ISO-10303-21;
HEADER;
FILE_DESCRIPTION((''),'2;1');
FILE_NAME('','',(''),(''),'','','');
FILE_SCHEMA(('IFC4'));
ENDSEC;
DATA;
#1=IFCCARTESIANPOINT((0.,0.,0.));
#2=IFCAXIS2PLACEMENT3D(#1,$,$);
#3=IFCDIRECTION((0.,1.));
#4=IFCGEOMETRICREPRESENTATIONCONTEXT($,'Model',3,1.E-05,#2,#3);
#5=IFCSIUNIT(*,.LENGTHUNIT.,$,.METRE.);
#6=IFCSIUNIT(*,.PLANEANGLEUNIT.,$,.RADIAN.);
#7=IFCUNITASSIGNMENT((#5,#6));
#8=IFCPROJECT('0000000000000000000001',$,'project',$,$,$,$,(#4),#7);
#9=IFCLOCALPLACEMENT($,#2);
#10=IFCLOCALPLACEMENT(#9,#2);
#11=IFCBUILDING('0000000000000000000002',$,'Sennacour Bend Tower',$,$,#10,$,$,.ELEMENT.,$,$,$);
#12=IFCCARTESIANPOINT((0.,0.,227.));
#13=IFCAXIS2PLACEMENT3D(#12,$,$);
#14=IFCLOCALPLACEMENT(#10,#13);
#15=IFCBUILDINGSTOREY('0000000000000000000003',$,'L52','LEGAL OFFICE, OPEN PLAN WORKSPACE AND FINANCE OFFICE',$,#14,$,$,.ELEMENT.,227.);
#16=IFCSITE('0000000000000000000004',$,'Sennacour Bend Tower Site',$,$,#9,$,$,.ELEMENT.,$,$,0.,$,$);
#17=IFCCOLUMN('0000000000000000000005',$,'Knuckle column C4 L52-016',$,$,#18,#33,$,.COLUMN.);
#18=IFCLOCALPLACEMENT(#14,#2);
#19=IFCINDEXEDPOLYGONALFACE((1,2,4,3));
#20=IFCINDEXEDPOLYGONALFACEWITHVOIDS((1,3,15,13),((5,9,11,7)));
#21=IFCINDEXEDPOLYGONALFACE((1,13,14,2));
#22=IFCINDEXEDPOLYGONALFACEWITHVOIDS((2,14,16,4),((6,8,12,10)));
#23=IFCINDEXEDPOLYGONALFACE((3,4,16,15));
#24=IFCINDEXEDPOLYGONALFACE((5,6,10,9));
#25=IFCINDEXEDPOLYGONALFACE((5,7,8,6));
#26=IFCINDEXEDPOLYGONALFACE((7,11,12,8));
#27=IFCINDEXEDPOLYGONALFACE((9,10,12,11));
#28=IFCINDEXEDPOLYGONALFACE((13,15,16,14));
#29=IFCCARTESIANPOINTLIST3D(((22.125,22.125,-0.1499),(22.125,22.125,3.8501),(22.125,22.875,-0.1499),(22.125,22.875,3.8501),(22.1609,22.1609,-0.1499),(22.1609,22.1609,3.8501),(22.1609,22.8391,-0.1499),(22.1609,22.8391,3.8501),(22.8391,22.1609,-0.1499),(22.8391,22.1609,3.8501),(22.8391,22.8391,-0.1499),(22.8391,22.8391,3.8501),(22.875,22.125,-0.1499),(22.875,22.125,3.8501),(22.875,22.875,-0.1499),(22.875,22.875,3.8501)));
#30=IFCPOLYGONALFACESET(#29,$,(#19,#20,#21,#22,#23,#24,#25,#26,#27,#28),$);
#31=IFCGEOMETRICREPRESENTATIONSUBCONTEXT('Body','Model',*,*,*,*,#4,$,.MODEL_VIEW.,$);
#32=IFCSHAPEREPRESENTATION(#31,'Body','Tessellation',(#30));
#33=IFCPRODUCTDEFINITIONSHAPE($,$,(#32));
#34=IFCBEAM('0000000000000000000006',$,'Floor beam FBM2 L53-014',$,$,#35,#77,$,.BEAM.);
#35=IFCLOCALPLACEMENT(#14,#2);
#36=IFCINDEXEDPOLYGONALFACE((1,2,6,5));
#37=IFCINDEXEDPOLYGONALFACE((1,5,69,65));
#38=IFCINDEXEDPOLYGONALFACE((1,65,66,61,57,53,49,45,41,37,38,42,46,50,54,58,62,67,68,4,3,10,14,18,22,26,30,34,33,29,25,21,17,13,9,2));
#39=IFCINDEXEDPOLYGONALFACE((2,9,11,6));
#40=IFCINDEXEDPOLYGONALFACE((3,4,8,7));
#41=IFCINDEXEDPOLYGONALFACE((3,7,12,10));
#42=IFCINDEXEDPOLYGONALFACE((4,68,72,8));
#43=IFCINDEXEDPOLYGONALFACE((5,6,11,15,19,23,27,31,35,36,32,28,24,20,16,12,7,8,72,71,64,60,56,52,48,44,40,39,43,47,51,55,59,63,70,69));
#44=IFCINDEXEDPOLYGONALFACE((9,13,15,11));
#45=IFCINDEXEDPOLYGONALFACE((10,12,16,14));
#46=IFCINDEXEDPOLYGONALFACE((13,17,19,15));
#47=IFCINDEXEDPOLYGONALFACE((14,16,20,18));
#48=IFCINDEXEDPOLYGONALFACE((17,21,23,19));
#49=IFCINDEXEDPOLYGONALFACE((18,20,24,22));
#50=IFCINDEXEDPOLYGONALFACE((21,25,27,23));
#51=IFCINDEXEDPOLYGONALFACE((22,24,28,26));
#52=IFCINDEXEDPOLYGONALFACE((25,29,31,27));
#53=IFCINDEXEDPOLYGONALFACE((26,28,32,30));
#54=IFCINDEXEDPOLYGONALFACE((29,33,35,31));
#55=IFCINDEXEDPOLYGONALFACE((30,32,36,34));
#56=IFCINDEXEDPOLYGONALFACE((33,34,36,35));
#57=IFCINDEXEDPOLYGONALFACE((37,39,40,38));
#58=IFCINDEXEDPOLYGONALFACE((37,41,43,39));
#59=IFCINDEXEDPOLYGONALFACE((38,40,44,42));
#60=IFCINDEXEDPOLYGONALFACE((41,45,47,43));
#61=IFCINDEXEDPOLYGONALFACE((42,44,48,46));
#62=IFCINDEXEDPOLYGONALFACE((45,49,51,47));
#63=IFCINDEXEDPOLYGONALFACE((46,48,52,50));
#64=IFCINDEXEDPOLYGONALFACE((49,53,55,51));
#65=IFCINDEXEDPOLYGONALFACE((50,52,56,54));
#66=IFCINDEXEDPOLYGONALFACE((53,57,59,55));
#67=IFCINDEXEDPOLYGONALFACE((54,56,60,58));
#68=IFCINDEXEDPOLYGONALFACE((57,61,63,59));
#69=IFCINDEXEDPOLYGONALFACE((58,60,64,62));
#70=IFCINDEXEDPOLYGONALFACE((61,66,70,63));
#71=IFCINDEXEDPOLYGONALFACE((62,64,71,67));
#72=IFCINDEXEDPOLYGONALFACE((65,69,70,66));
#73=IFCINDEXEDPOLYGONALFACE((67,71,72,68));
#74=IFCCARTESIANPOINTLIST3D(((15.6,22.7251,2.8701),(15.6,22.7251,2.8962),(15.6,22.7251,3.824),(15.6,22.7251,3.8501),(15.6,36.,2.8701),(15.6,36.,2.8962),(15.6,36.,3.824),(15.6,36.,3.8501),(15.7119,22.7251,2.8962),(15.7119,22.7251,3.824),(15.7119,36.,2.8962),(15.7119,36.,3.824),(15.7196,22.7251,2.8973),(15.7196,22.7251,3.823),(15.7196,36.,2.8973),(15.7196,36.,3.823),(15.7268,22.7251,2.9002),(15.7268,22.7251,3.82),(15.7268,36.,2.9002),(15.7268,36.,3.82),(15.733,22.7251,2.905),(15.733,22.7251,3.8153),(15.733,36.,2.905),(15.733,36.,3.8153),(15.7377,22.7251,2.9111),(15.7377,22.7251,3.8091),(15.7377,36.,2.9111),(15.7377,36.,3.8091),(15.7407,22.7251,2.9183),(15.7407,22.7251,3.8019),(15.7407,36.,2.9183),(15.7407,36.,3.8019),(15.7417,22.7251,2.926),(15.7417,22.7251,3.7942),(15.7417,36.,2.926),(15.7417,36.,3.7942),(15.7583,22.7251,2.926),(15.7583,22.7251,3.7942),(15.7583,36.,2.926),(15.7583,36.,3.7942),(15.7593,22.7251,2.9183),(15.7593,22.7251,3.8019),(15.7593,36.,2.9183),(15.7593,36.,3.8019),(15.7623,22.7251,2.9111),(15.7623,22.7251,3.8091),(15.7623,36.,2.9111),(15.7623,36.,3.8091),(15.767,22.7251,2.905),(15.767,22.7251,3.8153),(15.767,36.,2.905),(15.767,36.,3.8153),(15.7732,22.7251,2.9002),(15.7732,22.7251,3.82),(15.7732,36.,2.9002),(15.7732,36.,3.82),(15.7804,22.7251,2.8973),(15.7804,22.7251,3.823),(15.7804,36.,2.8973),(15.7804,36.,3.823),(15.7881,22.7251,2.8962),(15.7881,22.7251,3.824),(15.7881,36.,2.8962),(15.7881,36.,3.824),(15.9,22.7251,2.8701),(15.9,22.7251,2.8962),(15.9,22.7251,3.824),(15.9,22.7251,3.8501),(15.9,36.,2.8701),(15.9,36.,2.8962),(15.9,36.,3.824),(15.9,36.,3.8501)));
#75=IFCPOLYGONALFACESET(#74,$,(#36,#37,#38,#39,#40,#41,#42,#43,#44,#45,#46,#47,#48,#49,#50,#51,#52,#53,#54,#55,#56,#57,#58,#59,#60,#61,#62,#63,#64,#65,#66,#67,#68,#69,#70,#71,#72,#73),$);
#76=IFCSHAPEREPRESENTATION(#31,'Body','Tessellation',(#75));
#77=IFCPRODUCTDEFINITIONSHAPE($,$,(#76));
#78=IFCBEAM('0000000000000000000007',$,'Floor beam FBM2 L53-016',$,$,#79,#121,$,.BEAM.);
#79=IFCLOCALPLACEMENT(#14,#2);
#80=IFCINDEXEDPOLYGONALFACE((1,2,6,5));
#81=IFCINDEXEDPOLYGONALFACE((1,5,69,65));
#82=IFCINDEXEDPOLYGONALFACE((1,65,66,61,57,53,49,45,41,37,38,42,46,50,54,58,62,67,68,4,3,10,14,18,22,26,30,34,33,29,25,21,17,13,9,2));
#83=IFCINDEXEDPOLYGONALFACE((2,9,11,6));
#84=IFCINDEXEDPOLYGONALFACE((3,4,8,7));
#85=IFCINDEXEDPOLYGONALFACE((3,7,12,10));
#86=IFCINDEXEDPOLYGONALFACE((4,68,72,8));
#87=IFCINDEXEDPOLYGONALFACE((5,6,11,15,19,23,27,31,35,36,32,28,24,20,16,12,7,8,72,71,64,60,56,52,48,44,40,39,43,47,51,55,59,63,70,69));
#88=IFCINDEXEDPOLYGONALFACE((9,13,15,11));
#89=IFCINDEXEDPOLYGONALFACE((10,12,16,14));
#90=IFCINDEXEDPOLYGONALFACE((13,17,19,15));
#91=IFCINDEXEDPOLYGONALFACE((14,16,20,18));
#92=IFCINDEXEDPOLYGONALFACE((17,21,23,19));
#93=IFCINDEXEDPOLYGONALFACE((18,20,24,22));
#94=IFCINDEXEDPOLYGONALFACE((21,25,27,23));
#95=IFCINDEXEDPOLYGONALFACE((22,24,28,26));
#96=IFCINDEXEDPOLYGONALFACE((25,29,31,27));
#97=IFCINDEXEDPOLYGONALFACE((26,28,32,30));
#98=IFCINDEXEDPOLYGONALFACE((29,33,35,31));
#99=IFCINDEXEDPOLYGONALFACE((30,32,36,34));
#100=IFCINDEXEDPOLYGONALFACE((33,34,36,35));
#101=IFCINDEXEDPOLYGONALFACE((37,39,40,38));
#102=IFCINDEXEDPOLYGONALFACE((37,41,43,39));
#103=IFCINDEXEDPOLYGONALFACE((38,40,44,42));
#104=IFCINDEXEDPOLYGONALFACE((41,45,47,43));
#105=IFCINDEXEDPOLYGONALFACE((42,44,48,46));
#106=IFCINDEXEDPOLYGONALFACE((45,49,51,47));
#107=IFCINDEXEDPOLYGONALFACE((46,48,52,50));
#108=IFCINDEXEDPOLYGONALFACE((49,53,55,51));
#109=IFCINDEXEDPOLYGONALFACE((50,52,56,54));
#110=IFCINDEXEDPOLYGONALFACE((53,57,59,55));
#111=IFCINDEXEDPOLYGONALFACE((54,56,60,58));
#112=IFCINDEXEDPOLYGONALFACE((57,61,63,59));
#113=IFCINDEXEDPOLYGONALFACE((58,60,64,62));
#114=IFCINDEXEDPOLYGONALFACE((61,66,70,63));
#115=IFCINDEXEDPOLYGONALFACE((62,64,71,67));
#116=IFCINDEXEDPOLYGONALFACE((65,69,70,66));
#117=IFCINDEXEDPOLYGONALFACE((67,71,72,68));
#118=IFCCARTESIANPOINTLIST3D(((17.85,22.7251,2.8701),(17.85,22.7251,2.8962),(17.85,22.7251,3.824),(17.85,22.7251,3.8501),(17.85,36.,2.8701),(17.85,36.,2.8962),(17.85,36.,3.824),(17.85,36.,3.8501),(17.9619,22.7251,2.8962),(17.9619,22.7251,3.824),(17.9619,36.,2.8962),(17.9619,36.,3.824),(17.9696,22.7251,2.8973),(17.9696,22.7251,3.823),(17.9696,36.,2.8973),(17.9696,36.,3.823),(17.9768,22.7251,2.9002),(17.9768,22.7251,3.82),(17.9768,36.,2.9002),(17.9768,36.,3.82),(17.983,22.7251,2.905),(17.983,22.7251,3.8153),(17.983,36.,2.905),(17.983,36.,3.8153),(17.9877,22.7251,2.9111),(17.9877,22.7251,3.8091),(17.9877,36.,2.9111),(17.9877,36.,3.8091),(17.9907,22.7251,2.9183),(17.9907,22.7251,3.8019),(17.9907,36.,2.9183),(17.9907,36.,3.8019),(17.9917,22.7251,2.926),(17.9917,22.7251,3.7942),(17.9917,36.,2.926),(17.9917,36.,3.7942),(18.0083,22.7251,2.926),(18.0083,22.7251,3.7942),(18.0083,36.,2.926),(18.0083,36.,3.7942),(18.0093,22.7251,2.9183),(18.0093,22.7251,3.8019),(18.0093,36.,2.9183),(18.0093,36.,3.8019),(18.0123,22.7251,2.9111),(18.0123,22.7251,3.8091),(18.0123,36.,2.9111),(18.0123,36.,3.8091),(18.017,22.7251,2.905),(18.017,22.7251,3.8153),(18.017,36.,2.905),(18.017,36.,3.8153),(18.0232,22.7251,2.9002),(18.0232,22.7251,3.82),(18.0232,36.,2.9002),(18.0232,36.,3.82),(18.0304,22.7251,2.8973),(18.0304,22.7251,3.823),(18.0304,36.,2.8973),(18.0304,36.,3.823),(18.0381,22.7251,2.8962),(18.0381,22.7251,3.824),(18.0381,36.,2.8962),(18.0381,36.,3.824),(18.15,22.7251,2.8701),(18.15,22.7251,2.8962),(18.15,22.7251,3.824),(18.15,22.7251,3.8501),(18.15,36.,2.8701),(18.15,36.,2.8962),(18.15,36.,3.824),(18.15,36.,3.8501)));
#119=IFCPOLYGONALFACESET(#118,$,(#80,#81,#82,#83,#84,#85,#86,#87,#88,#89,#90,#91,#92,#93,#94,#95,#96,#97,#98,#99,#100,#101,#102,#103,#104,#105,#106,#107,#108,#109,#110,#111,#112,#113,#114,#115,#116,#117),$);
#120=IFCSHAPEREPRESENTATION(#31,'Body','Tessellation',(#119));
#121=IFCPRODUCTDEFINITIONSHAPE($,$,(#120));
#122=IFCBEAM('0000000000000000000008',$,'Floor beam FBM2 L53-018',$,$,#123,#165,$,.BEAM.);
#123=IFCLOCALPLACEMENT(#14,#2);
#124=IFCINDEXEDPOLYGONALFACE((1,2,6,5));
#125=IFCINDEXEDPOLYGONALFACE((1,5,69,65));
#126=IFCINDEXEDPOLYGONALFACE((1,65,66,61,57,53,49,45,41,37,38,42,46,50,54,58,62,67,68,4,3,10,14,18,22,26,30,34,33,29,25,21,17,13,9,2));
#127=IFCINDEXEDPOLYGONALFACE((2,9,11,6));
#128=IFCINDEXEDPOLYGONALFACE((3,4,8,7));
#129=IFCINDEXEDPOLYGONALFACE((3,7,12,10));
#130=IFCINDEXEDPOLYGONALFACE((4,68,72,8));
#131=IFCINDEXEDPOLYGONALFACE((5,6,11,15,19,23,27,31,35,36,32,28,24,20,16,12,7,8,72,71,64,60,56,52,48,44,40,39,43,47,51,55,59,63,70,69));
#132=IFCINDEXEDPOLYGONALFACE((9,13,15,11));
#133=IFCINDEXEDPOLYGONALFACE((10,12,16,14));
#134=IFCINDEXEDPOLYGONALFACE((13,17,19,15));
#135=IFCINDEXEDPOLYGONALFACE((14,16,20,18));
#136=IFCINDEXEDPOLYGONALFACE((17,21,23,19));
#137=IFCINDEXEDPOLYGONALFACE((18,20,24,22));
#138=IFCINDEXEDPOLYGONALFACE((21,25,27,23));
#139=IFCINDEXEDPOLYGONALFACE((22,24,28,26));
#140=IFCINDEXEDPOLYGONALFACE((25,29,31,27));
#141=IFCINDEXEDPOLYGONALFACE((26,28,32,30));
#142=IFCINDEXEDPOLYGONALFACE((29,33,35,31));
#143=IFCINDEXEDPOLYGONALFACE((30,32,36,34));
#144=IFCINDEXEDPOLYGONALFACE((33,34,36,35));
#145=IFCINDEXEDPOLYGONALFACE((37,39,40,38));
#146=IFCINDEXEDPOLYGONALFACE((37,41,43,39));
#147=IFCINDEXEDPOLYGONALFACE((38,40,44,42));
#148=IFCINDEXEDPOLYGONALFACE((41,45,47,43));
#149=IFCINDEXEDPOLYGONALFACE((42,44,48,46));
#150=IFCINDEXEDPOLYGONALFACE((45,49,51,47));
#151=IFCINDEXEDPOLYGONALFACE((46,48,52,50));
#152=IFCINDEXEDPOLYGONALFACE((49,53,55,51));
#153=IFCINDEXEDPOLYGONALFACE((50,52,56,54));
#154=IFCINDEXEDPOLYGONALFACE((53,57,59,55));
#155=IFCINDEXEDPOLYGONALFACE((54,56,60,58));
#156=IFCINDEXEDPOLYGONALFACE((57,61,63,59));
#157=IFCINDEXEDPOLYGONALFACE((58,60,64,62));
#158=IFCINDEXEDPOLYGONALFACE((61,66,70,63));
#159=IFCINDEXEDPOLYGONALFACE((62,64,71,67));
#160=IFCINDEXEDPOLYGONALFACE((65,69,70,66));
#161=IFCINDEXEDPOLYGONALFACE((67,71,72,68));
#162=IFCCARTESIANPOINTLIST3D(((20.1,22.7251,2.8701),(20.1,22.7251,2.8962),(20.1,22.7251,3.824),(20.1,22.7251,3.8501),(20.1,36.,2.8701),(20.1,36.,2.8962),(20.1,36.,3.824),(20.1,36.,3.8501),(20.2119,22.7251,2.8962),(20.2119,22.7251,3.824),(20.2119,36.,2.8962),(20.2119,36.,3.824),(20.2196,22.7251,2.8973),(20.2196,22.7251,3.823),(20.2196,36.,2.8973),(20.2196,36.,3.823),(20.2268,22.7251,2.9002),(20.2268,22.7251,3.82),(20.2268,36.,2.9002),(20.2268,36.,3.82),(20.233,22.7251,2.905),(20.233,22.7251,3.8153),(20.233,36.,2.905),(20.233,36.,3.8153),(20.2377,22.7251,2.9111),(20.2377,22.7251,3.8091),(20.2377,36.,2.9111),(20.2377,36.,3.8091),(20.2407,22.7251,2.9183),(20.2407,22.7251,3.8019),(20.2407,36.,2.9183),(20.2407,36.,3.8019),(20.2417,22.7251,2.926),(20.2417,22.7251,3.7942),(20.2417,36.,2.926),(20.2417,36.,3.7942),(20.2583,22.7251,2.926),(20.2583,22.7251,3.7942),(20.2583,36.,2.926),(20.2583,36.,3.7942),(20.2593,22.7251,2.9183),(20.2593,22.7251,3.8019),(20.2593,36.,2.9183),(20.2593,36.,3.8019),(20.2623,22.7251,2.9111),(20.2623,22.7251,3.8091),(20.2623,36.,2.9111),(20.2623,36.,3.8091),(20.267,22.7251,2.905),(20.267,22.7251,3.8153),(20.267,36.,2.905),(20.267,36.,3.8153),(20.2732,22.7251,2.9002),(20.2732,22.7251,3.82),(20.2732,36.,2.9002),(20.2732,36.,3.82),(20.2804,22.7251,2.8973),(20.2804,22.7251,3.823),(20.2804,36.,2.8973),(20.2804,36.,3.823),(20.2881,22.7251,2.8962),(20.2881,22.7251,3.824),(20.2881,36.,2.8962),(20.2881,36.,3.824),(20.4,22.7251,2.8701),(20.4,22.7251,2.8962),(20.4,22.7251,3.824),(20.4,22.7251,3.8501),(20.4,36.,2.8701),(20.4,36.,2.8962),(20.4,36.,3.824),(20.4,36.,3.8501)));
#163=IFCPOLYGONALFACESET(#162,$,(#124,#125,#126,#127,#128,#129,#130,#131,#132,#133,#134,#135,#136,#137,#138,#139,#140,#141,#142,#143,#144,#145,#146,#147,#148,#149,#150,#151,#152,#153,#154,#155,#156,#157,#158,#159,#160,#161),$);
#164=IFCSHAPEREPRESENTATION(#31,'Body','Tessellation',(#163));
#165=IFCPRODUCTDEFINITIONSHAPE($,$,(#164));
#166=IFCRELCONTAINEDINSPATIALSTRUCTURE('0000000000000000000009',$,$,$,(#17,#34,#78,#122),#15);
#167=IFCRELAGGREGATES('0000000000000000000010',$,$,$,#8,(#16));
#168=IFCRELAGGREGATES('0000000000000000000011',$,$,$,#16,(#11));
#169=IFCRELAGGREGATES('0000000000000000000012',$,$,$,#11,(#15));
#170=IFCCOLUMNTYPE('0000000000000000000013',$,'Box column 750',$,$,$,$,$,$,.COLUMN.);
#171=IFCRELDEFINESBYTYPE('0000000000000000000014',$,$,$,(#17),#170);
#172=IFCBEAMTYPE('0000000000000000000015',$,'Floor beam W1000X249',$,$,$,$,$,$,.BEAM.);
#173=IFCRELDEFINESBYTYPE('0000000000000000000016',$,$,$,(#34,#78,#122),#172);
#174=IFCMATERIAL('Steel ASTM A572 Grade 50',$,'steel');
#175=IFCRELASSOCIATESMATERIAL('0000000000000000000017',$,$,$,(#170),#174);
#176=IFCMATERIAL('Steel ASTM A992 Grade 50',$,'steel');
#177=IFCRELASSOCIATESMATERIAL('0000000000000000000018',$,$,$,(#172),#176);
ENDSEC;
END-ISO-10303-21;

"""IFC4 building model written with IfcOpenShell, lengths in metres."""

from ifc_helpers import new_model, si_unit, direction, frame, origin, origin_2d, place, context, subcontext, project, spatial, hollow_rectangle, i_section, extrude, material, material_profile, profile_set, type_object, element, save


model = new_model("IFC4")

# Units and contexts
model_context = context("Model", 3, precision=1e-05, world=origin(), true_north=direction((0.0, 1.0)))
body_context = subcontext(model_context, "Body", "Model", "MODEL_VIEW")
ifc_project = project(units=[si_unit("LENGTHUNIT", "METRE"), si_unit("PLANEANGLEUNIT", "RADIAN")], contexts=[model_context])

# Site, building, storey
site_placement = place(None, origin())
site = spatial("IfcSite", under=ifc_project, at=site_placement, Name="Sennacour Bend Tower Site", CompositionType="ELEMENT", RefElevation=0.0)
building_placement = place(site_placement, origin())
building = spatial("IfcBuilding", under=site, at=building_placement, Name="Sennacour Bend Tower", CompositionType="ELEMENT")
storey_placement = place(building_placement, frame((0.0, 0.0, 227.0)))
storey = spatial("IfcBuildingStorey", under=building, at=storey_placement, Name="L52", Description="LEGAL OFFICE, OPEN PLAN WORKSPACE AND FINANCE OFFICE", CompositionType="ELEMENT", Elevation=227.0)

# Column
ifc_material_1 = material(Name="Steel ASTM A572 Grade 50", Category="steel")
ifc_material_profile_1 = material_profile(ifc_material_1, hollow_rectangle(XDim=0.75, YDim=0.75, WallThickness=0.0359, at=origin_2d()), Name="Steel ASTM A572 Grade 50", Category="steel")
ifc_profile_set_1 = profile_set([ifc_material_profile_1], Name="Steel ASTM A572 Grade 50")
column_type = type_object("IfcColumnType", Name="Box column 750", PredefinedType="COLUMN", material=ifc_profile_set_1)
column_placement = place(storey_placement, frame((22.5, 22.5, -0.1499), z_axis=(0.0, 0.0, 1.0), x_axis=(1.0, 0.0, 0.0)))
element("IfcColumn", 1, at=column_placement, inside=storey, type_object=column_type, Name="Knuckle column C4 L52-016", PredefinedType="COLUMN", context=body_context, shape_type="SweptSolid", body=[
    extrude(hollow_rectangle(XDim=0.75, YDim=0.75, WallThickness=0.0359, at=origin_2d()), origin(), (0.0, 0.0, 1.0), 4.0),
])

# Beams
ifc_material_2 = material(Name="Steel ASTM A992 Grade 50", Category="steel")
ifc_material_profile_2 = material_profile(ifc_material_2, i_section(OverallWidth=0.3, OverallDepth=0.98, WebThickness=0.0166, FlangeThickness=0.0261, FilletRadius=0.0298, at=origin_2d()), Name="Steel ASTM A992 Grade 50", Category="steel")
ifc_profile_set_2 = profile_set([ifc_material_profile_2], Name="Steel ASTM A992 Grade 50")
beam_type_1 = type_object("IfcBeamType", Name="Floor beam W1000X249", PredefinedType="BEAM", material=ifc_profile_set_2)
for number, where, z_axis, x_axis, name in (
    (2, (15.75, 22.7251, 3.3601), (0.0, 1.0, 0.0), (-1.0, 0.0, 0.0), "Floor beam FBM2 L53-014"),
    (3, (18.0, 22.7251, 3.3601), (0.0, 1.0, 0.0), (-1.0, 0.0, 0.0), "Floor beam FBM2 L53-016"),
    (4, (20.25, 22.7251, 3.3601), (0.0, 1.0, 0.0), (-1.0, 0.0, 0.0), "Floor beam FBM2 L53-018"),
):
    element("IfcBeam", number, at=place(storey_placement, frame(where, z_axis=z_axis, x_axis=x_axis)), inside=storey, type_object=beam_type_1, Name=name, PredefinedType="BEAM", context=body_context, shape_type="SweptSolid", body=[
        extrude(i_section(OverallWidth=0.3, OverallDepth=0.98, WebThickness=0.0166, FlangeThickness=0.0261, FilletRadius=0.0298, at=origin_2d()), origin(), (0.0, 0.0, 1.0), 13.2749),
    ])

save(model, "model.ifc")
